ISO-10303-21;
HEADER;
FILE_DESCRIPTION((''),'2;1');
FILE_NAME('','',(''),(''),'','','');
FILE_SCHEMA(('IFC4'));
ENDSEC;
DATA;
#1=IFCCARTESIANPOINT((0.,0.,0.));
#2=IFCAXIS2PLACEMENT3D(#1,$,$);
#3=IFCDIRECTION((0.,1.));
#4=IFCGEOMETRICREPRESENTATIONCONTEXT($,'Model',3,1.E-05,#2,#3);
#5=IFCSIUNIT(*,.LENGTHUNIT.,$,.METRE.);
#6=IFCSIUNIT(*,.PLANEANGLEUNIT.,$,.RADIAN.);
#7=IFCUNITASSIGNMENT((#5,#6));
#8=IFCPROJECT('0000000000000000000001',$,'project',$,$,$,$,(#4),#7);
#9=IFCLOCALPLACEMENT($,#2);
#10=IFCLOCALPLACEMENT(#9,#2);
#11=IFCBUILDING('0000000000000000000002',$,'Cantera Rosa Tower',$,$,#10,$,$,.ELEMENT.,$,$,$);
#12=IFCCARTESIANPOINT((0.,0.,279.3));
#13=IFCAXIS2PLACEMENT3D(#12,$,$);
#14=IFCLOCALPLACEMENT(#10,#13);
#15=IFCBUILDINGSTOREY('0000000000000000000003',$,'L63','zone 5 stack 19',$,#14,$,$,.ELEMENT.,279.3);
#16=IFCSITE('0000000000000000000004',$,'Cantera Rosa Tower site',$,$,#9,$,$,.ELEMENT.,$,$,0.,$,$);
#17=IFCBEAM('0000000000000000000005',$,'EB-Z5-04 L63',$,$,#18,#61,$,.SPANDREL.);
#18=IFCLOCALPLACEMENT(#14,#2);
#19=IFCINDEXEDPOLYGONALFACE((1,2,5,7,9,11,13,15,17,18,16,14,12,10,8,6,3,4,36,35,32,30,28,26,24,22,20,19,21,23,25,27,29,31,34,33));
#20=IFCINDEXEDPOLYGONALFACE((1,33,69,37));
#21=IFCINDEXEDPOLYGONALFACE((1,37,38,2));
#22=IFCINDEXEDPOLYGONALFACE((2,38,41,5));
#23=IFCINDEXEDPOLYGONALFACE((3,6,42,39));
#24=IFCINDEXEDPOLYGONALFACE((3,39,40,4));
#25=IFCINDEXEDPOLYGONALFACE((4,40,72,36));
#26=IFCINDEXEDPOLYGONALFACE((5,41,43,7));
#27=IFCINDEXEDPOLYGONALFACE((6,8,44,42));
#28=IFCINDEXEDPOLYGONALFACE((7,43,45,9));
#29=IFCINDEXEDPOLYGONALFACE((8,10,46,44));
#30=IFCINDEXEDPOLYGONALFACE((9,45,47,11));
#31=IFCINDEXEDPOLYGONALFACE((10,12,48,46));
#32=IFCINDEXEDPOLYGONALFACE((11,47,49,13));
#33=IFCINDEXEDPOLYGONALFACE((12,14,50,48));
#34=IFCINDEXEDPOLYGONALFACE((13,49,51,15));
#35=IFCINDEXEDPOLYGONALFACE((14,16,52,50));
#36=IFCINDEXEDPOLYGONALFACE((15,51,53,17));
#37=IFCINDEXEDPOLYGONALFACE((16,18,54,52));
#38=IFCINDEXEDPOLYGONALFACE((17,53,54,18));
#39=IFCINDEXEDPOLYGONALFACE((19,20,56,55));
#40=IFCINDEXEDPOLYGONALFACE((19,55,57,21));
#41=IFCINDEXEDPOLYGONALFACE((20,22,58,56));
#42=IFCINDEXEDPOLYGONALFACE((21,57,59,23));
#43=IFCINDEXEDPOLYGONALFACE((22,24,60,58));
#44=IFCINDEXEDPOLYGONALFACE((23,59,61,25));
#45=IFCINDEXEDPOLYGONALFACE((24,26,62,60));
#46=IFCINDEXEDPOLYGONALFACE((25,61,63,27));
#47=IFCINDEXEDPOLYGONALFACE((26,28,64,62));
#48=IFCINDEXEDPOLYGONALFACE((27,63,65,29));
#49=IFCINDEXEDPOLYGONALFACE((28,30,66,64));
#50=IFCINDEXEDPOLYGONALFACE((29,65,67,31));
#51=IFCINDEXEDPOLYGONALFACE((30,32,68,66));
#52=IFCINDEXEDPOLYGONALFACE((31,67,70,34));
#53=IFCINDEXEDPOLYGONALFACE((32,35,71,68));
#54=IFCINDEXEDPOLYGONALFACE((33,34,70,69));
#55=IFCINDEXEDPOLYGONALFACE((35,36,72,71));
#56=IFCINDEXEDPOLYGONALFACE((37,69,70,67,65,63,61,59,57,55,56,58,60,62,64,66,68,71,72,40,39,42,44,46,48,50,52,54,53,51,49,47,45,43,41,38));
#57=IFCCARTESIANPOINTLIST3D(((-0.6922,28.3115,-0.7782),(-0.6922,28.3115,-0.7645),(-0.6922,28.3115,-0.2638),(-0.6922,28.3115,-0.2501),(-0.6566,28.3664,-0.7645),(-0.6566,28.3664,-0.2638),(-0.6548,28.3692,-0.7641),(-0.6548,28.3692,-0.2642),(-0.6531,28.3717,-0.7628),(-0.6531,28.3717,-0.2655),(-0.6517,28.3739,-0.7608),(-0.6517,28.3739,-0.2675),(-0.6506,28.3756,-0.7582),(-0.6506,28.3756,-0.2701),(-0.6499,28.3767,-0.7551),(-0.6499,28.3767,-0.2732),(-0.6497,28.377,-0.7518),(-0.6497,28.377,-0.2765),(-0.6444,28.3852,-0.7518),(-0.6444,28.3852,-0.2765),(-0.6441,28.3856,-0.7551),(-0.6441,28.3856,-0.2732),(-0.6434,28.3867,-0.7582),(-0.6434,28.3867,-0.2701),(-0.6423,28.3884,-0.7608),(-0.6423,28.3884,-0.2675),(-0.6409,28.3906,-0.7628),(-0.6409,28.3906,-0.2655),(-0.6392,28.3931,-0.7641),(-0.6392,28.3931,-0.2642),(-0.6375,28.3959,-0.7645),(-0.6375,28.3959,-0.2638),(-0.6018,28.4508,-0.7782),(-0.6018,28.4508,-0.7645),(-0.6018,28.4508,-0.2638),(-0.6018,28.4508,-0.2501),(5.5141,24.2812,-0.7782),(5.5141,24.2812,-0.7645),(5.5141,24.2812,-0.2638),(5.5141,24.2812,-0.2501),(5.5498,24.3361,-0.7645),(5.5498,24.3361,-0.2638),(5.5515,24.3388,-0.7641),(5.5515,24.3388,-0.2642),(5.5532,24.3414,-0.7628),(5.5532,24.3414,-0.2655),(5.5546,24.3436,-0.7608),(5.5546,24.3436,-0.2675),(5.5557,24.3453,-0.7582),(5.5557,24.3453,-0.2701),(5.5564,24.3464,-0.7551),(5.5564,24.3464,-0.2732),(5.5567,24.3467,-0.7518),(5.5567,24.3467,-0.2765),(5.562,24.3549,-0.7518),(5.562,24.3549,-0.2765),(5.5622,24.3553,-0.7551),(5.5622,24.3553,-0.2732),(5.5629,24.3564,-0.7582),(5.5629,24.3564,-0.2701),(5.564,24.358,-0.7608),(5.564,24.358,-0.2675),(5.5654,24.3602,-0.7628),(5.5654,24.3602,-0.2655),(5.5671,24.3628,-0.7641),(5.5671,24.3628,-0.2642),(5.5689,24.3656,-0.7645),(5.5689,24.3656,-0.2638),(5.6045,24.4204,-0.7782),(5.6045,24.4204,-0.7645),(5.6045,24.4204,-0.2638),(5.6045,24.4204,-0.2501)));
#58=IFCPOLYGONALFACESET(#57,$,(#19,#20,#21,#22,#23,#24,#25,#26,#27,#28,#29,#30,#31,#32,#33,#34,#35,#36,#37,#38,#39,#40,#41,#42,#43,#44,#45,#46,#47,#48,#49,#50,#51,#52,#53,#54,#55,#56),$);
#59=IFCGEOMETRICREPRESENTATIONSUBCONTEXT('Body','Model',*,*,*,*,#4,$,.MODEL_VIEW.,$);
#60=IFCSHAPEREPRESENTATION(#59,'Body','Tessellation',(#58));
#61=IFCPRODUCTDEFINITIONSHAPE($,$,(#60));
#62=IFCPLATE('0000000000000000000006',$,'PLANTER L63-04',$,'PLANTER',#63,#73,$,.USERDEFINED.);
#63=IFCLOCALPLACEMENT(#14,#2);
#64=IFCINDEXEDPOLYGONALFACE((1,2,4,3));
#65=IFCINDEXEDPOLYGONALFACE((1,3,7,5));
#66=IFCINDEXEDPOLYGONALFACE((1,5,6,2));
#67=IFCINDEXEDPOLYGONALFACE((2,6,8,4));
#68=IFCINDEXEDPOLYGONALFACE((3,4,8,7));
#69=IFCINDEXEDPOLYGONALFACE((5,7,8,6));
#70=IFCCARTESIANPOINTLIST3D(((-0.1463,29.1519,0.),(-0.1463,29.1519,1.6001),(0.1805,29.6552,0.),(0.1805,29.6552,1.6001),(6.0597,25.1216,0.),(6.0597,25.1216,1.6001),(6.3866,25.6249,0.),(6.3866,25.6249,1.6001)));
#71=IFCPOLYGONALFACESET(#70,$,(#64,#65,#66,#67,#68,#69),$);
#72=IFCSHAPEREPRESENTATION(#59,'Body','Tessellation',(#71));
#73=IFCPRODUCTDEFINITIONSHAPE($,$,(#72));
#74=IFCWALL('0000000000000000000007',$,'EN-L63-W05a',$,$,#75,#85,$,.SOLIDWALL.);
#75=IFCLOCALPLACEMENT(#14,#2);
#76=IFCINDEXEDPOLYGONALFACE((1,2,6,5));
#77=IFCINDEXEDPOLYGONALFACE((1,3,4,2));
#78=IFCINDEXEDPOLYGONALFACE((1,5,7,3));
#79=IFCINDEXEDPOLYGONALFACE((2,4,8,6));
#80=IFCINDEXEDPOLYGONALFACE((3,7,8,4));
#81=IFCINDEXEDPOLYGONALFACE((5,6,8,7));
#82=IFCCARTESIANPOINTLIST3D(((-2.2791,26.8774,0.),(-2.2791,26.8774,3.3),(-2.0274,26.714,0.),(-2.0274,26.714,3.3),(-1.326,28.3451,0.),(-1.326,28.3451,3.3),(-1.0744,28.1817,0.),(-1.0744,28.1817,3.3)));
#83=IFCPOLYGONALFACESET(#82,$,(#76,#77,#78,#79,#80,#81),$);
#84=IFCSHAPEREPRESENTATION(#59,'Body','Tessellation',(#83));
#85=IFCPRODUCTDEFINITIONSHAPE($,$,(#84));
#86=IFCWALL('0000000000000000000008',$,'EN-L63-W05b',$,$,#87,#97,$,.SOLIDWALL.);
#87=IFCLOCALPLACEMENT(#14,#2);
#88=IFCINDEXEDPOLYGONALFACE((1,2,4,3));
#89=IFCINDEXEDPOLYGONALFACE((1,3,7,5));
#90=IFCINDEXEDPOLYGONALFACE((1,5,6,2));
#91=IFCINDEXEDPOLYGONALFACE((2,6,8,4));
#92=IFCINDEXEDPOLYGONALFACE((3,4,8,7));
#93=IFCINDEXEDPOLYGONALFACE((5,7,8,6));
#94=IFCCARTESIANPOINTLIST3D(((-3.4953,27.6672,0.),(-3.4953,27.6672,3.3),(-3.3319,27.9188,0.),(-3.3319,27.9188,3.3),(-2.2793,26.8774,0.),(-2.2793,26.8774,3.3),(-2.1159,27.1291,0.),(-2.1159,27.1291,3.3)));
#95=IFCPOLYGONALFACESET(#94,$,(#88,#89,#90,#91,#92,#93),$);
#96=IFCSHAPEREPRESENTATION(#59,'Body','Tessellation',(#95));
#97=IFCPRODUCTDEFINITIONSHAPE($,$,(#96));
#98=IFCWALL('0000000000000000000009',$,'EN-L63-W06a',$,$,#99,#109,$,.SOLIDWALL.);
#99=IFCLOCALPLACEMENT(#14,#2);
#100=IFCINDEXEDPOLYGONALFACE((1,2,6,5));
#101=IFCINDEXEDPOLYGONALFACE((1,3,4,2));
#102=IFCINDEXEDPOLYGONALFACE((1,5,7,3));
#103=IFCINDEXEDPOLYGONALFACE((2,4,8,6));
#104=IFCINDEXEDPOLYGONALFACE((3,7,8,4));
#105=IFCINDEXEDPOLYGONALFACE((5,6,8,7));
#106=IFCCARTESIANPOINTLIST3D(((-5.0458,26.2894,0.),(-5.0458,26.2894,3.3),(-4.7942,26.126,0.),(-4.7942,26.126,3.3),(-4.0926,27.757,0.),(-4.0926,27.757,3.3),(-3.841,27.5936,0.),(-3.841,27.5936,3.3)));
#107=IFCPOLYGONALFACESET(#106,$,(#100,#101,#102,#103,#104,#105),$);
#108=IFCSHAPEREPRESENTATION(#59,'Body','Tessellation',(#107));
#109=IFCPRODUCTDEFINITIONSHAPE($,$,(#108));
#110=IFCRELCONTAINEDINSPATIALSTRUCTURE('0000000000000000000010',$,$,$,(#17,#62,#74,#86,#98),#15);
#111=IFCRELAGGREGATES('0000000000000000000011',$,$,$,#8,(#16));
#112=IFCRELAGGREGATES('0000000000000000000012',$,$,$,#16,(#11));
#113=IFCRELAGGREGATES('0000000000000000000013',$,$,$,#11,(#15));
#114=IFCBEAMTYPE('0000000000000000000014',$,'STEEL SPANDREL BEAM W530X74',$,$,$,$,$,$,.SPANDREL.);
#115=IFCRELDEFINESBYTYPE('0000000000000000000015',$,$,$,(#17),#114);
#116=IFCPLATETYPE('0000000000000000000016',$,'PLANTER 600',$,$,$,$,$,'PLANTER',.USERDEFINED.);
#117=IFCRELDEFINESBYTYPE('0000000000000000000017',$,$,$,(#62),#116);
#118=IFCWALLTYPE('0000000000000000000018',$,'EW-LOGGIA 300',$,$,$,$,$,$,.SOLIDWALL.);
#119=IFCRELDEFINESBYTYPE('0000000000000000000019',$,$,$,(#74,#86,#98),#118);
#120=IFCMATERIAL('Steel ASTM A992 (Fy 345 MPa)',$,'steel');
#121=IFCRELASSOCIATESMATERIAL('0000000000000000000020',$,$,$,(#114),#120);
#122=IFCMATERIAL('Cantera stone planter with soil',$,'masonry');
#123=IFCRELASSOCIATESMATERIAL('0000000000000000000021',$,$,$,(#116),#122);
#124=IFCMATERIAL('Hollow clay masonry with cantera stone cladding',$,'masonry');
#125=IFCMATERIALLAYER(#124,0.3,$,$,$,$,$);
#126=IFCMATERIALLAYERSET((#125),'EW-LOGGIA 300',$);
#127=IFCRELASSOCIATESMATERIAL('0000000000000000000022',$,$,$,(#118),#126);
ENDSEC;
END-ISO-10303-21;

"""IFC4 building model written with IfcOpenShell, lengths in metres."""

from ifc_helpers import new_model, si_unit, direction, frame, frame_2d, origin, origin_2d, place, context, subcontext, project, spatial, rectangle, i_section, extrude, material, layer, layer_set, material_profile, profile_set, type_object, element, save


model = new_model("IFC4")

# Units and contexts
model_context = context("Model", 3, precision=1e-05, world=origin(), true_north=direction((0.0, 1.0)))
body_context = subcontext(model_context, "Body", "Model", "MODEL_VIEW")
ifc_project = project(units=[si_unit("LENGTHUNIT", "METRE"), si_unit("PLANEANGLEUNIT", "RADIAN")], contexts=[model_context])

# Site, building, storey
site_placement = place(None, origin())
site = spatial("IfcSite", under=ifc_project, at=site_placement, Name="Cantera Rosa Tower site", CompositionType="ELEMENT", RefElevation=0.0)
building_placement = place(site_placement, origin())
building = spatial("IfcBuilding", under=site, at=building_placement, Name="Cantera Rosa Tower", CompositionType="ELEMENT")
storey_placement = place(building_placement, frame((0.0, 0.0, 279.3)))
storey = spatial("IfcBuildingStorey", under=building, at=storey_placement, Name="L63", Description="zone 5 stack 19", CompositionType="ELEMENT", Elevation=279.3)

# Beam
ifc_material_1 = material(Name="Steel ASTM A992 (Fy 345 MPa)", Category="steel")
ifc_material_profile_1 = material_profile(ifc_material_1, i_section(OverallWidth=0.166, OverallDepth=0.5281, WebThickness=0.0098, FlangeThickness=0.0137, FilletRadius=0.0127, at=origin_2d()), Name="W530X74")
ifc_profile_set_1 = profile_set([ifc_material_profile_1], Name="Steel ASTM A992 (Fy 345 MPa)")
beam_type_1 = type_object("IfcBeamType", Name="STEEL SPANDREL BEAM W530X74", PredefinedType="SPANDREL", material=ifc_profile_set_1)
beam_1_placement = place(storey_placement, frame((5.5593, 24.3508, -0.5142), z_axis=(-0.838679, 0.544625, 0.0), x_axis=(-0.544625, -0.838679, 0.0)))
element("IfcBeam", 1, at=beam_1_placement, inside=storey, type_object=beam_type_1, Name="EB-Z5-04 L63", PredefinedType="SPANDREL", context=body_context, shape_type="SweptSolid", body=[
    extrude(i_section(OverallWidth=0.166, OverallDepth=0.5281, WebThickness=0.0098, FlangeThickness=0.0137, FilletRadius=0.0127, at=origin_2d()), origin(), (0.0, 0.0, 1.0), 7.4001),
])

# Plate
ifc_material_2 = material(Name="Cantera stone planter with soil", Category="masonry")
plate_type = type_object("IfcPlateType", Name="PLANTER 600", ElementType="PLANTER", PredefinedType="USERDEFINED", material=ifc_material_2)
plate_placement = place(storey_placement, frame((3.1201, 27.3884, 0.0), z_axis=(0.0, 0.0, 1.0), x_axis=(-0.838671, 0.544639, 0.0)))
element("IfcPlate", 2, at=plate_placement, inside=storey, type_object=plate_type, Name="PLANTER L63-04", ObjectType="PLANTER", PredefinedType="USERDEFINED", context=body_context, shape_type="SweptSolid", body=[
    extrude(rectangle(XDim=7.3999, YDim=0.6001, at=origin_2d()), origin(), (0.0, 0.0, 1.0), 1.6001),
])

# Walls
ifc_material_3 = material(Name="Hollow clay masonry with cantera stone cladding", Category="masonry")
ifc_layer_1 = layer(ifc_material_3, 0.3)
ifc_layer_set_1 = layer_set([ifc_layer_1], Name="EW-LOGGIA 300")
wall_type_1 = type_object("IfcWallType", Name="EW-LOGGIA 300", PredefinedType="SOLIDWALL", material=ifc_layer_set_1)
wall_1_placement = place(storey_placement, frame((-1.2002, 28.2634, 0.0), z_axis=(0.0, 0.0, 1.0), x_axis=(-0.544616, -0.838686, 0.0)))
element("IfcWall", 3, at=wall_1_placement, inside=storey, type_object=wall_type_1, Name="EN-L63-W05a", PredefinedType="SOLIDWALL", context=body_context, shape_type="SweptSolid", body=[
    extrude(rectangle(XDim=1.75, YDim=0.3, at=frame_2d((0.875, 0.0))), origin(), (0.0, 0.0, 1.0), 3.3),
])
wall_2_placement = place(storey_placement, frame((-2.1975, 27.0032, 0.0), z_axis=(0.0, 0.0, 1.0), x_axis=(-0.838647, 0.544675, 0.0)))
element("IfcWall", 4, at=wall_2_placement, inside=storey, type_object=wall_type_1, Name="EN-L63-W05b", PredefinedType="SOLIDWALL", context=body_context, shape_type="SweptSolid", body=[
    extrude(rectangle(XDim=1.45, YDim=0.3, at=frame_2d((0.7251, 0.0))), origin(), (0.0, 0.0, 1.0), 3.3),
])
wall_3_placement = place(storey_placement, frame((-3.9668, 27.6753, 0.0), z_axis=(0.0, 0.0, 1.0), x_axis=(-0.544679, -0.838644, 0.0)))
element("IfcWall", 5, at=wall_3_placement, inside=storey, type_object=wall_type_1, Name="EN-L63-W06a", PredefinedType="SOLIDWALL", context=body_context, shape_type="SweptSolid", body=[
    extrude(rectangle(XDim=1.75, YDim=0.3, at=frame_2d((0.875, 0.0))), origin(), (0.0, 0.0, 1.0), 3.3),
])

save(model, "model.ifc")
